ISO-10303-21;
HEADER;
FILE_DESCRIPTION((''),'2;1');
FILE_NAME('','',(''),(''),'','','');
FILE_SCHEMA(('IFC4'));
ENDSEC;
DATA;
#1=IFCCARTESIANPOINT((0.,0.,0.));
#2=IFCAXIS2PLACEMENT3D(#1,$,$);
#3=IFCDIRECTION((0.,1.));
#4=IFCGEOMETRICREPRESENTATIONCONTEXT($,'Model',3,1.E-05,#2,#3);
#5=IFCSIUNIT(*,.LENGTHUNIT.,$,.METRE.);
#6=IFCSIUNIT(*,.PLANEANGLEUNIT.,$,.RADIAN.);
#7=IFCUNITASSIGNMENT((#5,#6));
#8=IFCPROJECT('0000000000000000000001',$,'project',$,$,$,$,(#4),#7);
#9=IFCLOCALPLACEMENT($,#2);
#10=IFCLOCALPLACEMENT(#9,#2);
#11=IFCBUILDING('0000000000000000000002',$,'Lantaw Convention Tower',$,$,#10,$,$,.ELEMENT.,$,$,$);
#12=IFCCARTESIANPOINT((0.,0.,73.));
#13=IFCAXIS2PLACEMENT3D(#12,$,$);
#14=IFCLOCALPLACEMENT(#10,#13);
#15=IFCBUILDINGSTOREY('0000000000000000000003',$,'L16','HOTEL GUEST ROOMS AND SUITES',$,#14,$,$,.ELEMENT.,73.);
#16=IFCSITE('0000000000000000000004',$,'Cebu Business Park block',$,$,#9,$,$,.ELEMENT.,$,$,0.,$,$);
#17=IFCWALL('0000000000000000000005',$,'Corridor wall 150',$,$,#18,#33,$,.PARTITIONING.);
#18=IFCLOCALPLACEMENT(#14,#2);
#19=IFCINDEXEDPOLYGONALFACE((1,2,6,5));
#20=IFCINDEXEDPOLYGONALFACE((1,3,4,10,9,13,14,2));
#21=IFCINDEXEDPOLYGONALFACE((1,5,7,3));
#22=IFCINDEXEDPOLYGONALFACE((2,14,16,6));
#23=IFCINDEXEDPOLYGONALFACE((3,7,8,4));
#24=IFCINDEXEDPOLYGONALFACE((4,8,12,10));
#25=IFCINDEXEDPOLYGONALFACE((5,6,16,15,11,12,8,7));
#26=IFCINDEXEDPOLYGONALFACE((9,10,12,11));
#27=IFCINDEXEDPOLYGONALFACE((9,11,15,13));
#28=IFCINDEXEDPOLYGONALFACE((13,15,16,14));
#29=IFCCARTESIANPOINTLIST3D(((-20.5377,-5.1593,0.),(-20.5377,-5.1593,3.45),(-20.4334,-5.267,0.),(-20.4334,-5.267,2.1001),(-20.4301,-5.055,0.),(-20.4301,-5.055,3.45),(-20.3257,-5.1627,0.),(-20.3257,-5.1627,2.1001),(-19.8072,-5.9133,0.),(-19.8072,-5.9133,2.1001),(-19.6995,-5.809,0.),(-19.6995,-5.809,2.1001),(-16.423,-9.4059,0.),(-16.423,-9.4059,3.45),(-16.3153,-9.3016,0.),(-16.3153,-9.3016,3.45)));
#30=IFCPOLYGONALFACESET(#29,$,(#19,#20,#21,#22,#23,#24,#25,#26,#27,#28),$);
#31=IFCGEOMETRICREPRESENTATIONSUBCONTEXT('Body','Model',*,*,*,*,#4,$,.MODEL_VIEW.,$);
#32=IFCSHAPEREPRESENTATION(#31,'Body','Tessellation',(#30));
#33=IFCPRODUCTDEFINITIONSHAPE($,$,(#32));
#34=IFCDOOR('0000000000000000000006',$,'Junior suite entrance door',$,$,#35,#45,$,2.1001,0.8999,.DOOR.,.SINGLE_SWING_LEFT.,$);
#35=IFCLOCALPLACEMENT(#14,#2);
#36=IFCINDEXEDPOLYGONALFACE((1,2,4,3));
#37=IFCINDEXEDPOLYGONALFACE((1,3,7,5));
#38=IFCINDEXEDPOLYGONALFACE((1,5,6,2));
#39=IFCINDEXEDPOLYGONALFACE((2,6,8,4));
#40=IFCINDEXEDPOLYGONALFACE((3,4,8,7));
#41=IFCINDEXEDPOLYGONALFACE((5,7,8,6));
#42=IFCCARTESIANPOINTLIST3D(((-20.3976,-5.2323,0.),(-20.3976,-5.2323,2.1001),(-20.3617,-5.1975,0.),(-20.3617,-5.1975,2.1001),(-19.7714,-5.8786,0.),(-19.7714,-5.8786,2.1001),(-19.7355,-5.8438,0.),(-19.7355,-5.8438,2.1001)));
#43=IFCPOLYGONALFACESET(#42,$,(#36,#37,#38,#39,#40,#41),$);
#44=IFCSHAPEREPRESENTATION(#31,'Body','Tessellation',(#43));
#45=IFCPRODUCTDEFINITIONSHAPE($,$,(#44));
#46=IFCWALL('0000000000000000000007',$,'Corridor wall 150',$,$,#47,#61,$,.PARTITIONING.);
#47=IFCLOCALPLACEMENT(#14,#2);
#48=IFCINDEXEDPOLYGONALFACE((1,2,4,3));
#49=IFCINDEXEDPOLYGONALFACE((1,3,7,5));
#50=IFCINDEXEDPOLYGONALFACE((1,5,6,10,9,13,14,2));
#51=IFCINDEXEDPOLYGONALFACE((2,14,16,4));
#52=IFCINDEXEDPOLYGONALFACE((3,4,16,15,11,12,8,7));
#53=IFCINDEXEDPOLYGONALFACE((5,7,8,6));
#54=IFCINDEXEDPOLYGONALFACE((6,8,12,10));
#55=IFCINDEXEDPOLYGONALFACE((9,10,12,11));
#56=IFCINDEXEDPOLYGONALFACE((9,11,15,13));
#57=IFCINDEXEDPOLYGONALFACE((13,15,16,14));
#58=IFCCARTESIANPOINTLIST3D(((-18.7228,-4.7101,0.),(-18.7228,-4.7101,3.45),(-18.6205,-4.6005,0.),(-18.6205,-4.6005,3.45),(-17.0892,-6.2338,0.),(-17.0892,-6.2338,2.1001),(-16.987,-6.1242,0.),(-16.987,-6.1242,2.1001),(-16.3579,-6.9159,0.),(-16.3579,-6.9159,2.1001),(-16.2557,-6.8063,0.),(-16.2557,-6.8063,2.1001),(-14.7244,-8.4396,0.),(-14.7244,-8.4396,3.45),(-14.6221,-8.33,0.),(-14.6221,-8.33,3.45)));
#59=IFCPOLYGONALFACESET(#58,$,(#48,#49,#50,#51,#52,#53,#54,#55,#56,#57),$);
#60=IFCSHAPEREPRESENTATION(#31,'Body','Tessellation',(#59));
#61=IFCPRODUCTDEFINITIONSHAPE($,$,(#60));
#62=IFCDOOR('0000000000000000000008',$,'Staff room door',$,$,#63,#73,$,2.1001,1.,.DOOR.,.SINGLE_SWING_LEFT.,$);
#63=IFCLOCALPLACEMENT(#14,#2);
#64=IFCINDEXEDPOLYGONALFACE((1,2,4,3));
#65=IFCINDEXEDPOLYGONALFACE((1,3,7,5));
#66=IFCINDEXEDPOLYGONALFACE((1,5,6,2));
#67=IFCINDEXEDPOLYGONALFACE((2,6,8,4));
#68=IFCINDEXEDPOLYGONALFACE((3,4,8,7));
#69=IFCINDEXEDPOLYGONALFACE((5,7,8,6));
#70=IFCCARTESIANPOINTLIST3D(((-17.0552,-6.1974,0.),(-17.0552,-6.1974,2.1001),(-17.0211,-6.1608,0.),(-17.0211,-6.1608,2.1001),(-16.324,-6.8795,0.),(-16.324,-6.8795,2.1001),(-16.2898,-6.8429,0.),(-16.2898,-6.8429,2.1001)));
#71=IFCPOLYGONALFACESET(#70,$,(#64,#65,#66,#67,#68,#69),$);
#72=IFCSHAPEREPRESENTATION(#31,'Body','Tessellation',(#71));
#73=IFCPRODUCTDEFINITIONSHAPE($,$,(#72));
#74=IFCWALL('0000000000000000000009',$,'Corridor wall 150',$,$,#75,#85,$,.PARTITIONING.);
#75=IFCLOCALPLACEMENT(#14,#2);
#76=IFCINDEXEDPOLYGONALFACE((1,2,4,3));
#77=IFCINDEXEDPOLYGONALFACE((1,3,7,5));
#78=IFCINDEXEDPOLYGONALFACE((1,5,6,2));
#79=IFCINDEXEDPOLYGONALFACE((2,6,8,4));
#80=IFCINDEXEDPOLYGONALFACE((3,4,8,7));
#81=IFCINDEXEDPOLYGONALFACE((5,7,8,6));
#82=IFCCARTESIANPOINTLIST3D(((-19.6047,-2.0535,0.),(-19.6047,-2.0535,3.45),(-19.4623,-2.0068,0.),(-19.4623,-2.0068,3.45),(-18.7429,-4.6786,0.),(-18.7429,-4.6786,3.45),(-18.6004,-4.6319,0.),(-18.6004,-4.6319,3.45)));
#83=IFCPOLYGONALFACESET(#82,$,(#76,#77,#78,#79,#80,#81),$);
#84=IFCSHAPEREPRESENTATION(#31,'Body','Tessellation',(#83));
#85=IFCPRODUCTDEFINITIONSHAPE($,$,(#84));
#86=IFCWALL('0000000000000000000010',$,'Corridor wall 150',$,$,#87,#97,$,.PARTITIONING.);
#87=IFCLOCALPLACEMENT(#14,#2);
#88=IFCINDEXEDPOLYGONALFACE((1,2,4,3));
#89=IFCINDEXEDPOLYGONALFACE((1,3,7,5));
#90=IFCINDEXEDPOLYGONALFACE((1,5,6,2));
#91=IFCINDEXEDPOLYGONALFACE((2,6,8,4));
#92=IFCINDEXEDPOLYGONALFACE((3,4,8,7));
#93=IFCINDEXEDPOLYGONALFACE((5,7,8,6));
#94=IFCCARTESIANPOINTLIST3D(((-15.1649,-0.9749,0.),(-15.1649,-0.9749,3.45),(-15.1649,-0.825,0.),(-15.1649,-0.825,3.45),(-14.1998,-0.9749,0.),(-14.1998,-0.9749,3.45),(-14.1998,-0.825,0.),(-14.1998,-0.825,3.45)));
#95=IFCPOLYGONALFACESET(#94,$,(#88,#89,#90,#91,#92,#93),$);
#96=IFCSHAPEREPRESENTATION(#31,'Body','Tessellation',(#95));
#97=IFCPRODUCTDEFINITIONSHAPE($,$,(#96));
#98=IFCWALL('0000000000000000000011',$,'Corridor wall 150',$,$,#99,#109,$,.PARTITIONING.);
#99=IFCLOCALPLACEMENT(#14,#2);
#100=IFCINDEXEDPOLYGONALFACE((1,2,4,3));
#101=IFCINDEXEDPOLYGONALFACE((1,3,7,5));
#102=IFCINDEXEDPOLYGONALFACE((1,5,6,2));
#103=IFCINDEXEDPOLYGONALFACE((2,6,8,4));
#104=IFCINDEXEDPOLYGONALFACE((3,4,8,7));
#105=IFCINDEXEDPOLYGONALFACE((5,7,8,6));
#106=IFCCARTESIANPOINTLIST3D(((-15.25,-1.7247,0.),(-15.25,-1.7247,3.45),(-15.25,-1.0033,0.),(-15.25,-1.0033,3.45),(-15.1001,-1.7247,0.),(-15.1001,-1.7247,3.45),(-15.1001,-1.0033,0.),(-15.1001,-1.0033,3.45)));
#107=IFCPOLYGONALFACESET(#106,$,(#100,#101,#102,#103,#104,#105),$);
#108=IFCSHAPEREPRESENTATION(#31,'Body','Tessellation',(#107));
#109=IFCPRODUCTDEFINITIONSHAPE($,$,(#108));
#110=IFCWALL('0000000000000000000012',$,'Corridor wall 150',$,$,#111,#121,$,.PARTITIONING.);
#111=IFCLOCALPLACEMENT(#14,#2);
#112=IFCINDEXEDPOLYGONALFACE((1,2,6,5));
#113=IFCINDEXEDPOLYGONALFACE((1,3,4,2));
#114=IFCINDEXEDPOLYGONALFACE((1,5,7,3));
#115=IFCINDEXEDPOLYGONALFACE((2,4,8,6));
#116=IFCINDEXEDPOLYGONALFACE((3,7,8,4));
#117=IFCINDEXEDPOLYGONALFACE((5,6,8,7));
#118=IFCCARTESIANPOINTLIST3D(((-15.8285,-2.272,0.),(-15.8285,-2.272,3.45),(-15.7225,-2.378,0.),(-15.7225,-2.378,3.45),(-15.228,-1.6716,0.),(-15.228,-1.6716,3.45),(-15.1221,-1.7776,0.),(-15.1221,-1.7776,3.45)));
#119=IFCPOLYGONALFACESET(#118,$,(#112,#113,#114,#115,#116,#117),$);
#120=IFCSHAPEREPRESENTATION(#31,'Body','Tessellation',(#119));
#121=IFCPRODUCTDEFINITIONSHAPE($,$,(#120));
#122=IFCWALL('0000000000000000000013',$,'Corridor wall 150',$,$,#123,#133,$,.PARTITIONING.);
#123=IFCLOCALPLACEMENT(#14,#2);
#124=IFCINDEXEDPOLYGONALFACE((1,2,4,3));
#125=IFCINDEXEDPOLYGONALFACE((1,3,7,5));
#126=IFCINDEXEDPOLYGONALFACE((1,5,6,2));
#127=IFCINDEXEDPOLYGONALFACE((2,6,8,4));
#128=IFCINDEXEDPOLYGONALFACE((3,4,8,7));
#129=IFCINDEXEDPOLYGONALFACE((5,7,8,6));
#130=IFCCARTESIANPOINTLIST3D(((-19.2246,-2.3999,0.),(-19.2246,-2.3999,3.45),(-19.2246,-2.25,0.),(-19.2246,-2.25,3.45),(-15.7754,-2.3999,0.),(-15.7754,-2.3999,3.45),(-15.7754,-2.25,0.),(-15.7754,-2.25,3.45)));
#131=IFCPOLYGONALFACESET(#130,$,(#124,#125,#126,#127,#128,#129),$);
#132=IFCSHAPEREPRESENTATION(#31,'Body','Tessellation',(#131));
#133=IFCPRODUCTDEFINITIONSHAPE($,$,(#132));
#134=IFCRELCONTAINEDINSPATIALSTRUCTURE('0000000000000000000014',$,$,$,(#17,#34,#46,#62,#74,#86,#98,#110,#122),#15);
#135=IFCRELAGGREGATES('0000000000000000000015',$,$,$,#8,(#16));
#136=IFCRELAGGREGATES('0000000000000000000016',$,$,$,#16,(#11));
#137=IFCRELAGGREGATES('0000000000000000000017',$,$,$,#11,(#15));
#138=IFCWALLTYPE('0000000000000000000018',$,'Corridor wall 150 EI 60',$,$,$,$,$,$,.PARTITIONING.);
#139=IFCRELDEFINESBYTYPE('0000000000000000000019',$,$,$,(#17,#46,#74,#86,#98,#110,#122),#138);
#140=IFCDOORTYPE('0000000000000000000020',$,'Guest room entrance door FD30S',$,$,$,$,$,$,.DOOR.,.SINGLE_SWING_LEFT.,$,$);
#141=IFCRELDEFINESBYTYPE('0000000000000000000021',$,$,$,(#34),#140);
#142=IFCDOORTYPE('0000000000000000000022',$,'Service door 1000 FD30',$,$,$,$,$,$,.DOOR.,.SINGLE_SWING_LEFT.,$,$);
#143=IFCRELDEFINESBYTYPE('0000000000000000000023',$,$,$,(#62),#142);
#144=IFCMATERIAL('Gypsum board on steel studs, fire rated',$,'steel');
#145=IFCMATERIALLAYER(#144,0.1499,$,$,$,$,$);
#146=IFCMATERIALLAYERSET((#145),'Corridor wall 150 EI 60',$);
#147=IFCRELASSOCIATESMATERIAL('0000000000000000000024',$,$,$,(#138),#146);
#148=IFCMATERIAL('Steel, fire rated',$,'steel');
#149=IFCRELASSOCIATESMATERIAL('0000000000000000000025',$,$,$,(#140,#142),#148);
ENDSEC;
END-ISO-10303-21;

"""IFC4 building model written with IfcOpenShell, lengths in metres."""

from ifc_helpers import new_model, si_unit, direction, frame, frame_2d, origin, place, context, subcontext, project, spatial, rectangle, extrude, material, layer, layer_set, type_object, element, fill, save


model = new_model("IFC4")

# Units and contexts
model_context = context("Model", 3, precision=1e-05, world=origin(), true_north=direction((0.0, 1.0)))
body_context = subcontext(model_context, "Body", "Model", "MODEL_VIEW")
ifc_project = project(units=[si_unit("LENGTHUNIT", "METRE"), si_unit("PLANEANGLEUNIT", "RADIAN")], contexts=[model_context])

# Site, building, storey
site_placement = place(None, origin())
site = spatial("IfcSite", under=ifc_project, at=site_placement, Name="Cebu Business Park block", CompositionType="ELEMENT", RefElevation=0.0)
building_placement = place(site_placement, origin())
building = spatial("IfcBuilding", under=site, at=building_placement, Name="Lantaw Convention Tower", CompositionType="ELEMENT")
storey_placement = place(building_placement, frame((0.0, 0.0, 73.0)))
storey = spatial("IfcBuildingStorey", under=building, at=storey_placement, Name="L16", Description="HOTEL GUEST ROOMS AND SUITES", CompositionType="ELEMENT", Elevation=73.0)

# Shared definitions
ifc_material_1 = material(Name="Gypsum board on steel studs, fire rated", Category="steel")
ifc_layer_1 = layer(ifc_material_1, 0.1499)
ifc_layer_set_1 = layer_set([ifc_layer_1], Name="Corridor wall 150 EI 60")
wall_type_1 = type_object("IfcWallType", Name="Corridor wall 150 EI 60", PredefinedType="PARTITIONING", material=ifc_layer_set_1)

# Walls, openings, doors
wall_1_placement = place(storey_placement, frame((-20.4839, -5.1072, 0.0), z_axis=(0.0, 0.0, 1.0), x_axis=(0.695871, -0.718167, 0.0)))
wall_1 = element("IfcWall", 1, at=wall_1_placement, inside=storey, type_object=wall_type_1, Name="Corridor wall 150", PredefinedType="PARTITIONING", context=body_context, shape_type="SweptSolid", body=[
    extrude(rectangle(XDim=5.9131, YDim=0.1499, at=frame_2d((2.9565, 0.0))), origin(), (0.0, 0.0, 1.0), 3.45),
])
opening_1_placement = place(wall_1_placement, frame((0.1499, 0.0, 0.0)))
opening_1 = element("IfcOpeningElement", 2, at=opening_1_placement, cuts=wall_1, PredefinedType="OPENING", context=body_context, shape_type="SweptSolid", body=[
    extrude(rectangle(XDim=0.8999, YDim=2.1001, at=frame_2d((0.45, 1.05))), frame((0.0, 0.085, 0.0), z_axis=(0.0, -1.0, 0.0), x_axis=(1.0, 0.0, 0.0)), (0.0, 0.0, 1.0), 0.1699),
])
ifc_material_2 = material(Name="Steel, fire rated", Category="steel")
door_type_1 = type_object("IfcDoorType", Name="Guest room entrance door FD30S", OperationType="SINGLE_SWING_LEFT", PredefinedType="DOOR", material=ifc_material_2)
door_1_placement = place(opening_1_placement, origin())
door_1 = element("IfcDoor", 3, at=door_1_placement, inside=storey, type_object=door_type_1, Name="Junior suite entrance door", OperationType="SINGLE_SWING_LEFT", OverallHeight=2.1001, OverallWidth=0.8999, PredefinedType="DOOR", context=body_context, shape_type="SweptSolid", body=[
    extrude(rectangle(XDim=0.8999, YDim=2.1001, at=frame_2d((0.45, 1.05))), frame((0.0, 0.0249, 0.0), z_axis=(0.0, -1.0, 0.0), x_axis=(1.0, 0.0, 0.0)), (0.0, 0.0, 1.0), 0.05),
])
fill(opening_1, door_1)
wall_2_placement = place(storey_placement, frame((-18.6716, -4.6553, 0.0), z_axis=(0.0, 0.0, 1.0), x_axis=(0.73126, -0.682099, 0.0)))
wall_2 = element("IfcWall", 4, at=wall_2_placement, inside=storey, type_object=wall_type_1, Name="Corridor wall 150", PredefinedType="PARTITIONING", context=body_context, shape_type="SweptSolid", body=[
    extrude(rectangle(XDim=5.4678, YDim=0.1499, at=frame_2d((2.7339, 0.0))), origin(), (0.0, 0.0, 1.0), 3.45),
])
opening_2_placement = place(wall_2_placement, frame((2.2339, 0.0, 0.0)))
opening_2 = element("IfcOpeningElement", 5, at=opening_2_placement, cuts=wall_2, PredefinedType="OPENING", context=body_context, shape_type="SweptSolid", body=[
    extrude(rectangle(XDim=1.0, YDim=2.1001, at=frame_2d((0.5, 1.05))), frame((0.0, 0.085, 0.0), z_axis=(0.0, -1.0, 0.0), x_axis=(1.0, 0.0, 0.0)), (0.0, 0.0, 1.0), 0.1699),
])
door_type_2 = type_object("IfcDoorType", Name="Service door 1000 FD30", OperationType="SINGLE_SWING_LEFT", PredefinedType="DOOR", material=ifc_material_2)
door_2_placement = place(opening_2_placement, origin())
door_2 = element("IfcDoor", 6, at=door_2_placement, inside=storey, type_object=door_type_2, Name="Staff room door", OperationType="SINGLE_SWING_LEFT", OverallHeight=2.1001, OverallWidth=1.0, PredefinedType="DOOR", context=body_context, shape_type="SweptSolid", body=[
    extrude(rectangle(XDim=1.0, YDim=2.1001, at=frame_2d((0.5, 1.05))), frame((0.0, 0.0249, 0.0), z_axis=(0.0, -1.0, 0.0), x_axis=(1.0, 0.0, 0.0)), (0.0, 0.0, 1.0), 0.05),
])
fill(opening_2, door_2)

# Walls
wall_3_placement = place(storey_placement, frame((-19.5334, -2.0303, 0.0), z_axis=(0.0, 0.0, 1.0), x_axis=(0.31193, -0.950105, 0.0)))
element("IfcWall", 7, at=wall_3_placement, inside=storey, type_object=wall_type_1, Name="Corridor wall 150", PredefinedType="PARTITIONING", context=body_context, shape_type="SweptSolid", body=[
    extrude(rectangle(XDim=2.7629, YDim=0.1499, at=frame_2d((1.3813, 0.0))), origin(), (0.0, 0.0, 1.0), 3.45),
])
wall_4_placement = place(storey_placement, frame((-14.2, -0.8999, 0.0), z_axis=(0.0, 0.0, 1.0), x_axis=(-1.0, 0.0, 0.0)))
element("IfcWall", 8, at=wall_4_placement, inside=storey, type_object=wall_type_1, Name="Corridor wall 150", PredefinedType="PARTITIONING", context=body_context, shape_type="SweptSolid", body=[
    extrude(rectangle(XDim=0.9651, YDim=0.1499, at=frame_2d((0.4824, 0.0))), origin(), (0.0, 0.0, 1.0), 3.45),
])
wall_5_placement = place(storey_placement, frame((-15.175, -1.0032, 0.0), z_axis=(0.0, 0.0, 1.0), x_axis=(0.0, -1.0, 0.0)))
element("IfcWall", 9, at=wall_5_placement, inside=storey, type_object=wall_type_1, Name="Corridor wall 150", PredefinedType="PARTITIONING", context=body_context, shape_type="SweptSolid", body=[
    extrude(rectangle(XDim=0.7214, YDim=0.1499, at=frame_2d((0.3608, 0.0))), origin(), (0.0, 0.0, 1.0), 3.45),
])
wall_6_placement = place(storey_placement, frame((-15.175, -1.7246, 0.0), z_axis=(0.0, 0.0, 1.0), x_axis=(-0.707107, -0.707107, 0.0)))
element("IfcWall", 10, at=wall_6_placement, inside=storey, type_object=wall_type_1, Name="Corridor wall 150", PredefinedType="PARTITIONING", context=body_context, shape_type="SweptSolid", body=[
    extrude(rectangle(XDim=0.8491, YDim=0.1499, at=frame_2d((0.4246, 0.0))), origin(), (0.0, 0.0, 1.0), 3.45),
])
wall_7_placement = place(storey_placement, frame((-15.7754, -2.325, 0.0), z_axis=(0.0, 0.0, 1.0), x_axis=(-1.0, 0.0, 0.0)))
element("IfcWall", 11, at=wall_7_placement, inside=storey, type_object=wall_type_1, Name="Corridor wall 150", PredefinedType="PARTITIONING", context=body_context, shape_type="SweptSolid", body=[
    extrude(rectangle(XDim=3.4492, YDim=0.1499, at=frame_2d((1.7246, 0.0))), origin(), (0.0, 0.0, 1.0), 3.45),
])

save(model, "model.ifc")
